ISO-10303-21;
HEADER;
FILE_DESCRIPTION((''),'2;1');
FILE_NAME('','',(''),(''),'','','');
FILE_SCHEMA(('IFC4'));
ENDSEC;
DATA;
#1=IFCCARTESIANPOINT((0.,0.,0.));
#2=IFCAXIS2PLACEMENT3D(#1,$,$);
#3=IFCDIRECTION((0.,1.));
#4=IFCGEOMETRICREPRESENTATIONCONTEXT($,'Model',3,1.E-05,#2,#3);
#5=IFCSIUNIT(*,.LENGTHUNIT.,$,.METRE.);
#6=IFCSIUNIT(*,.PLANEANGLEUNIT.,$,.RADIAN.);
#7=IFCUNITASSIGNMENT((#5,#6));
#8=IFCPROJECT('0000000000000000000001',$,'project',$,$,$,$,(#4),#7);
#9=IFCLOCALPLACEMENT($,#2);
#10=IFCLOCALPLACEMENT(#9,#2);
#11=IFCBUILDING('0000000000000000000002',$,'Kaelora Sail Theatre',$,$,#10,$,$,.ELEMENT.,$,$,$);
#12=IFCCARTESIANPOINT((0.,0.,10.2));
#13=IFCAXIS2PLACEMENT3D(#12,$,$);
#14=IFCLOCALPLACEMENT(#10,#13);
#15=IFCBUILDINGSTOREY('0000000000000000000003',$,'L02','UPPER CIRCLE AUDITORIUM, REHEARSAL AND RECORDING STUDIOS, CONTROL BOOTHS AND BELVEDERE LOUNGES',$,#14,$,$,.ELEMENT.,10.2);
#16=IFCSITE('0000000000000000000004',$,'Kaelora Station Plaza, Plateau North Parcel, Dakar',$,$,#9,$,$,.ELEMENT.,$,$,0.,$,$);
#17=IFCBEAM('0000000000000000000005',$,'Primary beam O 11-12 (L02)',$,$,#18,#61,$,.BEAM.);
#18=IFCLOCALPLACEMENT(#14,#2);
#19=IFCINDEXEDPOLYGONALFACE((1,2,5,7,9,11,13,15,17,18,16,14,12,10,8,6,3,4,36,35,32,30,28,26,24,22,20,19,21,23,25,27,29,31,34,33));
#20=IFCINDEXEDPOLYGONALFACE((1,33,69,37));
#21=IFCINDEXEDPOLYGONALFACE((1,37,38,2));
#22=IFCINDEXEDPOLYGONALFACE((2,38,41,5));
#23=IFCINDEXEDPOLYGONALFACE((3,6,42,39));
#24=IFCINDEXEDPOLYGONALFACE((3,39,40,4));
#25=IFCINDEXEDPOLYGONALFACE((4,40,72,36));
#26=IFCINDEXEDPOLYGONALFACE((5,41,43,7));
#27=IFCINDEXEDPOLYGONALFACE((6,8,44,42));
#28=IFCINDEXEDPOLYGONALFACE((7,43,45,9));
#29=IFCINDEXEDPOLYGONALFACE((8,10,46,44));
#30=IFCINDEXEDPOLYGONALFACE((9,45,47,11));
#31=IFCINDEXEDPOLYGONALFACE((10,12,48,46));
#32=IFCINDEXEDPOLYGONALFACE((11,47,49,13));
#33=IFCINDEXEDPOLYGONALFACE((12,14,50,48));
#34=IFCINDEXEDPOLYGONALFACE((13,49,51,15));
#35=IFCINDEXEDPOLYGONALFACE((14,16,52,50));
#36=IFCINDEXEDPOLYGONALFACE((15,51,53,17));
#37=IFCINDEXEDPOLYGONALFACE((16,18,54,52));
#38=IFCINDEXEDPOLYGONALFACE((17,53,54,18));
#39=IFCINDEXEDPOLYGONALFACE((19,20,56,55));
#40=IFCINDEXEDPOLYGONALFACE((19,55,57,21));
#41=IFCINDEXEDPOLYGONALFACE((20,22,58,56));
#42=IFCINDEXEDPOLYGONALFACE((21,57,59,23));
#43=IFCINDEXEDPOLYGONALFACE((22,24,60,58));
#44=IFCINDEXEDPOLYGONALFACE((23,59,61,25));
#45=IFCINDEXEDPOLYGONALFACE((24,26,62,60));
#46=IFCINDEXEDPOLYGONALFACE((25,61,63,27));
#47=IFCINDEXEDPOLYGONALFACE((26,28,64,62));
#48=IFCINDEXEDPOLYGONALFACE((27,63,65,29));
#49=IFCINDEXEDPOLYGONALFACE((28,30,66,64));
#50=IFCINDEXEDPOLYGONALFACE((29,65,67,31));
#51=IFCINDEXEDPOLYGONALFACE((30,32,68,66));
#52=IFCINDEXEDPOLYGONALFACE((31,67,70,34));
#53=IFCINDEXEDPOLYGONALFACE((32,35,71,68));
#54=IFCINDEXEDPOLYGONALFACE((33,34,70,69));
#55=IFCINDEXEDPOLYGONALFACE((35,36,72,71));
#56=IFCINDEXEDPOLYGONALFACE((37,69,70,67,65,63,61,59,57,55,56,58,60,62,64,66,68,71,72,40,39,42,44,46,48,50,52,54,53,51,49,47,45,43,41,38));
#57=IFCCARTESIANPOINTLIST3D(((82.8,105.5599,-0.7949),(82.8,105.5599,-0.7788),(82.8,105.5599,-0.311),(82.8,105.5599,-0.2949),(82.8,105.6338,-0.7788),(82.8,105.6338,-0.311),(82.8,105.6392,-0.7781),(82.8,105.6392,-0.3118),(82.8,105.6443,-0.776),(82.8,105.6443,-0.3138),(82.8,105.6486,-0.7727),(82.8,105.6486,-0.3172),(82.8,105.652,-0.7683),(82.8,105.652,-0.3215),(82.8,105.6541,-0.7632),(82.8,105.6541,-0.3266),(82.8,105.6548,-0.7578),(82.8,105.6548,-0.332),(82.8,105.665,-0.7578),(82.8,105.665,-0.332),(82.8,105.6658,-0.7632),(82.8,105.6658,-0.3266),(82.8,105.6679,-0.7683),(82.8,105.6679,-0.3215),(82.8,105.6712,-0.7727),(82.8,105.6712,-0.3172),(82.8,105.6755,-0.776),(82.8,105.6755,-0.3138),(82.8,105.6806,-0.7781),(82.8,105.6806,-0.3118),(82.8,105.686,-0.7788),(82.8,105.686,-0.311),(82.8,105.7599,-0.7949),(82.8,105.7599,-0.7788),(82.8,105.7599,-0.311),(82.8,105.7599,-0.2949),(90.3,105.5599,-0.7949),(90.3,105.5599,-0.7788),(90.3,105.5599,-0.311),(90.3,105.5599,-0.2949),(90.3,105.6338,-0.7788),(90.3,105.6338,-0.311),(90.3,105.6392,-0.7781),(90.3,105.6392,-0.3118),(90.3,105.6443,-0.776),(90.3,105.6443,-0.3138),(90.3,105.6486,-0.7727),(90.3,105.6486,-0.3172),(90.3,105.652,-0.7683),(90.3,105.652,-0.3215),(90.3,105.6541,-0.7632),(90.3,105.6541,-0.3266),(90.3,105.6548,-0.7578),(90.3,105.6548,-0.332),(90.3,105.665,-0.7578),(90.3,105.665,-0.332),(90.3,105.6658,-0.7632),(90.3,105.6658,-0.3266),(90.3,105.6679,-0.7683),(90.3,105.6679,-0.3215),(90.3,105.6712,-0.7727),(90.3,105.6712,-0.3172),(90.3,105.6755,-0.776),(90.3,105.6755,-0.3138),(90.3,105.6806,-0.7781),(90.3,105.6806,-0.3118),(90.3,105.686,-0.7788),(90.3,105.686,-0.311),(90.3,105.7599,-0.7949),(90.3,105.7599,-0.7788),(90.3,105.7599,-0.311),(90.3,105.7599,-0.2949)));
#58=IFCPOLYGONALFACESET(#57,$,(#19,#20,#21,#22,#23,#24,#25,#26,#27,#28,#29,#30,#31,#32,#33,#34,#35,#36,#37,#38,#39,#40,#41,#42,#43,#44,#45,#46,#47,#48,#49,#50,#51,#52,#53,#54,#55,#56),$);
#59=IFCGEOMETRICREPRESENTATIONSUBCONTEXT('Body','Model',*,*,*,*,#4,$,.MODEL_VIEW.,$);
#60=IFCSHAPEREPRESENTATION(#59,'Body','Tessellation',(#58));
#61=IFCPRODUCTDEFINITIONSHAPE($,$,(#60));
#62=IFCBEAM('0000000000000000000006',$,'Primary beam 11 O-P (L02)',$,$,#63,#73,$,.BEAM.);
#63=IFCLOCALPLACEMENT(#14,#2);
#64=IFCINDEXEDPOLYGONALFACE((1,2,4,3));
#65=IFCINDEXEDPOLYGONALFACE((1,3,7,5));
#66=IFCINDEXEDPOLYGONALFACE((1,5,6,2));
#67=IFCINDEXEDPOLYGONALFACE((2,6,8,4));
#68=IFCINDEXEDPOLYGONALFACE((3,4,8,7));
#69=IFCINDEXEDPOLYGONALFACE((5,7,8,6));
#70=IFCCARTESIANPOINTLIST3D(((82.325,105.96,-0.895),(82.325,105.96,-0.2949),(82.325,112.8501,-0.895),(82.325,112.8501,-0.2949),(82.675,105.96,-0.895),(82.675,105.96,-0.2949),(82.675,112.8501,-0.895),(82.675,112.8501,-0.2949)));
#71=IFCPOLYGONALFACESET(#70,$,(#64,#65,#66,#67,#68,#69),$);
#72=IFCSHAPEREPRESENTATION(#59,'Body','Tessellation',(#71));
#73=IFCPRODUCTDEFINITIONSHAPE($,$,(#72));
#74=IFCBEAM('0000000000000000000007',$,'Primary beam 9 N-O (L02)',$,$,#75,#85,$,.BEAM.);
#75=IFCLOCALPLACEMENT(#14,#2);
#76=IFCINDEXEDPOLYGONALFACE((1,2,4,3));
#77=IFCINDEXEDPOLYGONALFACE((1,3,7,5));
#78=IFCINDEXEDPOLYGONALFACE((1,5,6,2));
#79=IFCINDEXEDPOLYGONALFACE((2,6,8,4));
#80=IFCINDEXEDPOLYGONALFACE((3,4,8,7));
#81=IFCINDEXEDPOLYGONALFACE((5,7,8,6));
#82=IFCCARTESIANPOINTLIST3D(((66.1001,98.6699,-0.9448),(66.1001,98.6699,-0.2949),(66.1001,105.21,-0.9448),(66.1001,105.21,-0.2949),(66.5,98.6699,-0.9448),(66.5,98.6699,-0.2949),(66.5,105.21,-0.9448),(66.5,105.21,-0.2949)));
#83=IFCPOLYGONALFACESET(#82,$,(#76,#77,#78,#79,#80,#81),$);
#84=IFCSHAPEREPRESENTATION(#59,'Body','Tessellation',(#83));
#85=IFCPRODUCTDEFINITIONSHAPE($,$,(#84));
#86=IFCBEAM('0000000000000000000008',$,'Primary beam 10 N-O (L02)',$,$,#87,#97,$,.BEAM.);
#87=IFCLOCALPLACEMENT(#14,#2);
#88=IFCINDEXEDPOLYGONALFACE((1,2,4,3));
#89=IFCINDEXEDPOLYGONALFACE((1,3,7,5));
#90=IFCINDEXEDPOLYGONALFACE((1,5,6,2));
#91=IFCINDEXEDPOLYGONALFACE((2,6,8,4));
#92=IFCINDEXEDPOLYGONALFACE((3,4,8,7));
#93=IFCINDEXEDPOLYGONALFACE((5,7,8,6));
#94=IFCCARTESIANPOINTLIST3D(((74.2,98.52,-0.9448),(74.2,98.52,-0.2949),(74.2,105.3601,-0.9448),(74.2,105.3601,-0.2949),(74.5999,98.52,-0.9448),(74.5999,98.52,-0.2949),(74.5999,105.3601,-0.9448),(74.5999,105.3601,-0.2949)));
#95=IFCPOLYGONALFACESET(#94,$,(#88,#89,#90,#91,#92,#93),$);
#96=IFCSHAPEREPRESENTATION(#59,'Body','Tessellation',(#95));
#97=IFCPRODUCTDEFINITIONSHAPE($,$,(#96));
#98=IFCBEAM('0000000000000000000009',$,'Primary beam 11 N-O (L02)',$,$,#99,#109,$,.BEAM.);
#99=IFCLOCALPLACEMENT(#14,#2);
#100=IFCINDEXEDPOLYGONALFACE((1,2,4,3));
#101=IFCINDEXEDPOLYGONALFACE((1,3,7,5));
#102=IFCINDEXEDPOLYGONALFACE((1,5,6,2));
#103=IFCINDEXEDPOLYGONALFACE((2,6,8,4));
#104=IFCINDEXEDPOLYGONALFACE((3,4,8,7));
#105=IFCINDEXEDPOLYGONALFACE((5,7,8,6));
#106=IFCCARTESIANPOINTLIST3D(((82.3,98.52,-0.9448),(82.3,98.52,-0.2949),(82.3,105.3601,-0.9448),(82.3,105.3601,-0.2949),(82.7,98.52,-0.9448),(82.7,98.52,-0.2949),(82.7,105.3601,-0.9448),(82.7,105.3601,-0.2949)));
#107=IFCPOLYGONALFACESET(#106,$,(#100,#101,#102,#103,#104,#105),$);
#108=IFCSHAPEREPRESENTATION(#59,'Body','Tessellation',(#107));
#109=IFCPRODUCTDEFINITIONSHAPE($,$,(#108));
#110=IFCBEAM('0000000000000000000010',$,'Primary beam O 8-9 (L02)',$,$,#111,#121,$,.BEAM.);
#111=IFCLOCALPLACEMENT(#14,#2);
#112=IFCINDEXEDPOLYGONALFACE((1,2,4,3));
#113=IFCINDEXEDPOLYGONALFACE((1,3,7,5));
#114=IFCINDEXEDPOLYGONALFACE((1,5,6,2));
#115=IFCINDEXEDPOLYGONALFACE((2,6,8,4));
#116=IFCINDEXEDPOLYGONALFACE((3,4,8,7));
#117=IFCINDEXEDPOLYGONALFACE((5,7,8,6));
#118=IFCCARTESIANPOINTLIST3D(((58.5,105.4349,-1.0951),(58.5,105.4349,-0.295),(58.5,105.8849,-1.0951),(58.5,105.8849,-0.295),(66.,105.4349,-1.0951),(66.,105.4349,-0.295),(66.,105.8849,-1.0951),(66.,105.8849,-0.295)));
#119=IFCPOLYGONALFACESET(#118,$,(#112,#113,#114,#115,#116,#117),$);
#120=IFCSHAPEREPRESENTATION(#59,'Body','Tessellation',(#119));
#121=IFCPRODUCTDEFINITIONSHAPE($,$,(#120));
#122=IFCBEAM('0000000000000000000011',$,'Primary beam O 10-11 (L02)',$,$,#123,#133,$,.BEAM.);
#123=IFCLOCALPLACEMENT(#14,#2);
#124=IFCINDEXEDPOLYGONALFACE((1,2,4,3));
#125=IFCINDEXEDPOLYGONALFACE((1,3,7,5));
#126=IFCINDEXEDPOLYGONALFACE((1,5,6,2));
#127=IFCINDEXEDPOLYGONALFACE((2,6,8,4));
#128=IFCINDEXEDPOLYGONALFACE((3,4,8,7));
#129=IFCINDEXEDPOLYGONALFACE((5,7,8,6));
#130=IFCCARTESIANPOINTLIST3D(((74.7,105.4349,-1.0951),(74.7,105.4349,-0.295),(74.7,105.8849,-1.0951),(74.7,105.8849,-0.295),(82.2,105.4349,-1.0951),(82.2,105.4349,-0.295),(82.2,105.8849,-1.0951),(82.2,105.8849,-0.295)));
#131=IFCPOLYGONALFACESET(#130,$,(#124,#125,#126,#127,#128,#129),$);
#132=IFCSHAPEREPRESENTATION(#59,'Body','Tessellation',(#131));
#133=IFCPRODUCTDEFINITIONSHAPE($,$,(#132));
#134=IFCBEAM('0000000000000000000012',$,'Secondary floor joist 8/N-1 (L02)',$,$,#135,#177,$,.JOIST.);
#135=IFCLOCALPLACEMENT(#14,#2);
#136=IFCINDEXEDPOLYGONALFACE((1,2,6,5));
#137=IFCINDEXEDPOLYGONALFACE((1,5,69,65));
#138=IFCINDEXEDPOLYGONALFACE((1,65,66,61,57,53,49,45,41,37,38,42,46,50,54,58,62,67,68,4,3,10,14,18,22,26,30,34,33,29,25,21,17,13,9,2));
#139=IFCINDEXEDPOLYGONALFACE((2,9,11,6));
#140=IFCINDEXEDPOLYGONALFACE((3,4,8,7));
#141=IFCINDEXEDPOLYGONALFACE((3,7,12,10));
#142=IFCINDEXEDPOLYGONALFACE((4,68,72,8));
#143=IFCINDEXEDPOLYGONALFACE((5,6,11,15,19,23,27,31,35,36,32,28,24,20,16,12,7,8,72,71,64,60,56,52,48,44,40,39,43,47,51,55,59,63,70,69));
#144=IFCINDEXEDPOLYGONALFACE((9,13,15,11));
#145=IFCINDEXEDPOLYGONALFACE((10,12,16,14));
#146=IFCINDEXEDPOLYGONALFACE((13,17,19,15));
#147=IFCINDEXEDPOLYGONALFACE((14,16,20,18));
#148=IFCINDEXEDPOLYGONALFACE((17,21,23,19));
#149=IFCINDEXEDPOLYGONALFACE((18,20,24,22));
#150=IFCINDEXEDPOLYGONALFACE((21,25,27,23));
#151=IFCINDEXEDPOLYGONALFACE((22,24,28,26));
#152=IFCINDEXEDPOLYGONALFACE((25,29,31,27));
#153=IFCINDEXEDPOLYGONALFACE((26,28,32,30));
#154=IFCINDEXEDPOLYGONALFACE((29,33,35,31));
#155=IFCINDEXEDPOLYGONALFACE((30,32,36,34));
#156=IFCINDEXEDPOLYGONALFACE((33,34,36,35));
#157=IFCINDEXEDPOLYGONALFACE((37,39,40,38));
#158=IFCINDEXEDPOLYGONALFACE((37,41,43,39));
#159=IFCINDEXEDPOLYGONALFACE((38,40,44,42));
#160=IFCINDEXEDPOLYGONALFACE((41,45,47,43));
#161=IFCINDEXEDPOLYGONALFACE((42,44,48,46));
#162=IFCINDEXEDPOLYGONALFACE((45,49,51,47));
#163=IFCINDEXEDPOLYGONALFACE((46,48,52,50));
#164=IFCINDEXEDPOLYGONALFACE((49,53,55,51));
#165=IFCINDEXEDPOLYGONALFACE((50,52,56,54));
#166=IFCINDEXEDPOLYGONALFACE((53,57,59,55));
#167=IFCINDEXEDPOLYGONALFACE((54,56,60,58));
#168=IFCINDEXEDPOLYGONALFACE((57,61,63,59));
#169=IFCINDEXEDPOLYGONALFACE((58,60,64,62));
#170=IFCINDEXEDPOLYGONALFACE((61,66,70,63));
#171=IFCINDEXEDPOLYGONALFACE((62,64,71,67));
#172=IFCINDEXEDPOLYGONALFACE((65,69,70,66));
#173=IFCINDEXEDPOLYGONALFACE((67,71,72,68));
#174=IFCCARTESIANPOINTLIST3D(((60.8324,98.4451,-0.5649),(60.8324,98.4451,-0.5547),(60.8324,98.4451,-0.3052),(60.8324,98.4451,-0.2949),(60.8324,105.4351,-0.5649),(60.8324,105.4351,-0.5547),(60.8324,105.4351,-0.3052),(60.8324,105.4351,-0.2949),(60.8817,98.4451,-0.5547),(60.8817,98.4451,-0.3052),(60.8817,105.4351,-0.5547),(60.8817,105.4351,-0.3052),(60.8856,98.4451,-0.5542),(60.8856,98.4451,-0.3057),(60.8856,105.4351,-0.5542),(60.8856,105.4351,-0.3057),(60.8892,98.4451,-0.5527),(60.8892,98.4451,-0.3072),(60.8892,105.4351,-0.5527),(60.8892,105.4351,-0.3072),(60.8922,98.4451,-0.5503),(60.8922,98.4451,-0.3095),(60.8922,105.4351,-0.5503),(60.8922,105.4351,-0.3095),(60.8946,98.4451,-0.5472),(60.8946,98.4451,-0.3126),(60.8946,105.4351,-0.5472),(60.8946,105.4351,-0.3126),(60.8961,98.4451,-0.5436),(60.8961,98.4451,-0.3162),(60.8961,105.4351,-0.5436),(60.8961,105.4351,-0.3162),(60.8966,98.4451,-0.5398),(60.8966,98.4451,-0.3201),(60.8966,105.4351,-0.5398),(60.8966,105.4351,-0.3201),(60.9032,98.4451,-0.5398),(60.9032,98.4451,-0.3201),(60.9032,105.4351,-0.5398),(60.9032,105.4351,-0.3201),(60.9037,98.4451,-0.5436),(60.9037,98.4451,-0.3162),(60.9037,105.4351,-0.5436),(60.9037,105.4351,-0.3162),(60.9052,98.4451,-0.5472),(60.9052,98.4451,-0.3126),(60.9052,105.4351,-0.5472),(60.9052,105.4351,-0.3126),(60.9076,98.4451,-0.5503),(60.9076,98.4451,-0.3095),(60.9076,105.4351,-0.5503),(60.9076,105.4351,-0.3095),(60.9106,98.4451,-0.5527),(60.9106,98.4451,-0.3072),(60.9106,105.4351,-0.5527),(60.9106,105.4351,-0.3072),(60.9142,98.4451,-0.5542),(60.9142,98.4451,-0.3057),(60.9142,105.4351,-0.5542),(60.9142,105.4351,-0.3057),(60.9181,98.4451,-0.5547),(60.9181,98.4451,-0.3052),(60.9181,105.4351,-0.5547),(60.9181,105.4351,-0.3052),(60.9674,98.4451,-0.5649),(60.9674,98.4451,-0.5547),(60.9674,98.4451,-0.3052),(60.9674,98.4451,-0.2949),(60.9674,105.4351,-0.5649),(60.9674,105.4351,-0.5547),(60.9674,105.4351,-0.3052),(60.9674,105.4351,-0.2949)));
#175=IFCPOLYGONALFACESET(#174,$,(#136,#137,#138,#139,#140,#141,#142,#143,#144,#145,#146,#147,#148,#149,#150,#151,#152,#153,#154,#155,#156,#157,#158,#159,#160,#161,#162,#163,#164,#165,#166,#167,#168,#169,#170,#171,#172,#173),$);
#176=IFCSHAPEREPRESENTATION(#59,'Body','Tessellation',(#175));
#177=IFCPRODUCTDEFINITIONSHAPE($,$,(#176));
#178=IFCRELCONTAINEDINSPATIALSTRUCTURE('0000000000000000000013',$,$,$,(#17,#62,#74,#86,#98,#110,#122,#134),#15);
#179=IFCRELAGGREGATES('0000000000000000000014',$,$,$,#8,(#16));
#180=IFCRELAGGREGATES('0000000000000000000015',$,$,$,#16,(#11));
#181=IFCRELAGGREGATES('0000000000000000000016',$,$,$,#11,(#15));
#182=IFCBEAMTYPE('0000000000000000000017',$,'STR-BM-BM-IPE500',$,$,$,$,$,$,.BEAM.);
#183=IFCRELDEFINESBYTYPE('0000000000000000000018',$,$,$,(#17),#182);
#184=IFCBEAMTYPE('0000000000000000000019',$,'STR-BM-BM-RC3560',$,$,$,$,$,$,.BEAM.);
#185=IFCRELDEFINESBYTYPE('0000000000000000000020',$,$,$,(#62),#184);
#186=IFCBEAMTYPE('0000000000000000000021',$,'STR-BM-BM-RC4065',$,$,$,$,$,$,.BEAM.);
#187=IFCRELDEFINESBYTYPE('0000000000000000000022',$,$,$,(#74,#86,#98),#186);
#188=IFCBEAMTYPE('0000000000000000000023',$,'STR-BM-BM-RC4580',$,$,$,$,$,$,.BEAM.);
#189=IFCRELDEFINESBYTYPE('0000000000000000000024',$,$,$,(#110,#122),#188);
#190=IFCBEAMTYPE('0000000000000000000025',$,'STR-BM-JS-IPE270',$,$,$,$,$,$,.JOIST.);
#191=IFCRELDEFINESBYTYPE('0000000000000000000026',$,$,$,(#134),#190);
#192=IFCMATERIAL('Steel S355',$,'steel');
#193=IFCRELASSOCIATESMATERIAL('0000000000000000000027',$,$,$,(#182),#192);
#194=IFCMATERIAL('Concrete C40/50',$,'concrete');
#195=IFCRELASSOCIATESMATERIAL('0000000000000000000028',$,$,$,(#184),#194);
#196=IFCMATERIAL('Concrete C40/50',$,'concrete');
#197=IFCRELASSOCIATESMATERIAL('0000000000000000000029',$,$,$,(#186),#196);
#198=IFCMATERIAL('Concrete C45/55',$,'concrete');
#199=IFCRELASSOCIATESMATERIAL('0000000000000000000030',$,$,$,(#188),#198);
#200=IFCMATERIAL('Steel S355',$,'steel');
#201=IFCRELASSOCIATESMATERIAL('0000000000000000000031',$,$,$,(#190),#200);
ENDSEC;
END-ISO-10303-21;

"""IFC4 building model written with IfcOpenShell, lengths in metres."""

from ifc_helpers import new_model, si_unit, direction, frame, origin, origin_2d, place, context, subcontext, project, spatial, rectangle, i_section, extrude, material, material_profile, profile_set, type_object, element, save


model = new_model("IFC4")

# Units and contexts
model_context = context("Model", 3, precision=1e-05, world=origin(), true_north=direction((0.0, 1.0)))
body_context = subcontext(model_context, "Body", "Model", "MODEL_VIEW")
ifc_project = project(units=[si_unit("LENGTHUNIT", "METRE"), si_unit("PLANEANGLEUNIT", "RADIAN")], contexts=[model_context])

# Site, building, storey
site_placement = place(None, origin())
site = spatial("IfcSite", under=ifc_project, at=site_placement, Name="Kaelora Station Plaza, Plateau North Parcel, Dakar", CompositionType="ELEMENT", RefElevation=0.0)
building_placement = place(site_placement, origin())
building = spatial("IfcBuilding", under=site, at=building_placement, Name="Kaelora Sail Theatre", CompositionType="ELEMENT")
storey_placement = place(building_placement, frame((0.0, 0.0, 10.2)))
storey = spatial("IfcBuildingStorey", under=building, at=storey_placement, Name="L02", Description="UPPER CIRCLE AUDITORIUM, REHEARSAL AND RECORDING STUDIOS, CONTROL BOOTHS AND BELVEDERE LOUNGES", CompositionType="ELEMENT", Elevation=10.2)

# Beams
ifc_material_1 = material(Name="Steel S355", Category="steel")
ifc_material_profile_1 = material_profile(ifc_material_1, i_section(OverallWidth=0.2, OverallDepth=0.5, WebThickness=0.0103, FlangeThickness=0.0161, FilletRadius=0.021, at=origin_2d()), Name="IPE 500")
ifc_profile_set_1 = profile_set([ifc_material_profile_1], Name="Steel S355")
beam_type_1 = type_object("IfcBeamType", Name="STR-BM-BM-IPE500", PredefinedType="BEAM", material=ifc_profile_set_1)
for number, where, z_axis, x_axis, name in (
    (1, (82.8, 105.6599, -0.5449), (1.0, 0.0, 0.0), (0.0, 1.0, 0.0), "Primary beam O 11-12 (L02)"),
):
    element("IfcBeam", number, at=place(storey_placement, frame(where, z_axis=z_axis, x_axis=x_axis)), inside=storey, type_object=beam_type_1, Name=name, PredefinedType="BEAM", context=body_context, shape_type="SweptSolid", body=[
        extrude(i_section(OverallWidth=0.2, OverallDepth=0.5, WebThickness=0.0103, FlangeThickness=0.0161, FilletRadius=0.021, at=origin_2d()), origin(), (0.0, 0.0, 1.0), 7.5),
    ])
ifc_material_2 = material(Name="Concrete C40/50", Category="concrete")
ifc_material_profile_2 = material_profile(ifc_material_2, rectangle(XDim=0.3501, YDim=0.6001, at=origin_2d()), Name="RC-BM 350x600")
ifc_profile_set_2 = profile_set([ifc_material_profile_2], Name="Concrete C40/50")
beam_type_2 = type_object("IfcBeamType", Name="STR-BM-BM-RC3560", PredefinedType="BEAM", material=ifc_profile_set_2)
beam_1_placement = place(storey_placement, frame((82.5, 105.96, -0.595), z_axis=(0.0, 1.0, 0.0), x_axis=(-1.0, 0.0, 0.0)))
element("IfcBeam", 2, at=beam_1_placement, inside=storey, type_object=beam_type_2, Name="Primary beam 11 O-P (L02)", PredefinedType="BEAM", context=body_context, shape_type="SweptSolid", body=[
    extrude(rectangle(XDim=0.3501, YDim=0.6001, at=origin_2d()), origin(), (0.0, 0.0, 1.0), 6.8901),
])
ifc_material_3 = material(Name="Concrete C40/50", Category="concrete")
ifc_material_profile_3 = material_profile(ifc_material_3, rectangle(XDim=0.3999, YDim=0.6499, at=origin_2d()), Name="RC-BM 400x650")
ifc_profile_set_3 = profile_set([ifc_material_profile_3], Name="Concrete C40/50")
beam_type_3 = type_object("IfcBeamType", Name="STR-BM-BM-RC4065", PredefinedType="BEAM", material=ifc_profile_set_3)
beam_2_placement = place(storey_placement, frame((66.3, 98.6699, -0.6199), z_axis=(0.0, 1.0, 0.0), x_axis=(-1.0, 0.0, 0.0)))
element("IfcBeam", 3, at=beam_2_placement, inside=storey, type_object=beam_type_3, Name="Primary beam 9 N-O (L02)", PredefinedType="BEAM", context=body_context, shape_type="SweptSolid", body=[
    extrude(rectangle(XDim=0.3999, YDim=0.6499, at=origin_2d()), origin(), (0.0, 0.0, 1.0), 6.54),
])
for number, where, z_axis, x_axis, name in (
    (4, (74.3999, 98.52, -0.6199), (0.0, 1.0, 0.0), (-1.0, 0.0, 0.0), "Primary beam 10 N-O (L02)"),
    (5, (82.5, 98.52, -0.6199), (0.0, 1.0, 0.0), (-1.0, 0.0, 0.0), "Primary beam 11 N-O (L02)"),
):
    element("IfcBeam", number, at=place(storey_placement, frame(where, z_axis=z_axis, x_axis=x_axis)), inside=storey, type_object=beam_type_3, Name=name, PredefinedType="BEAM", context=body_context, shape_type="SweptSolid", body=[
        extrude(rectangle(XDim=0.3999, YDim=0.6499, at=origin_2d()), origin(), (0.0, 0.0, 1.0), 6.8401),
    ])
ifc_material_4 = material(Name="Concrete C45/55", Category="concrete")
ifc_material_profile_4 = material_profile(ifc_material_4, rectangle(XDim=0.45, YDim=0.8, at=origin_2d()), Name="RC-BM 450x800")
ifc_profile_set_4 = profile_set([ifc_material_profile_4], Name="Concrete C45/55")
beam_type_4 = type_object("IfcBeamType", Name="STR-BM-BM-RC4580", PredefinedType="BEAM", material=ifc_profile_set_4)
for number, where, z_axis, x_axis, name in (
    (6, (58.5, 105.6599, -0.6951), (1.0, 0.0, 0.0), (0.0, 1.0, 0.0), "Primary beam O 8-9 (L02)"),
    (7, (74.7, 105.6599, -0.6951), (1.0, 0.0, 0.0), (0.0, 1.0, 0.0), "Primary beam O 10-11 (L02)"),
):
    element("IfcBeam", number, at=place(storey_placement, frame(where, z_axis=z_axis, x_axis=x_axis)), inside=storey, type_object=beam_type_4, Name=name, PredefinedType="BEAM", context=body_context, shape_type="SweptSolid", body=[
        extrude(rectangle(XDim=0.45, YDim=0.8, at=origin_2d()), origin(), (0.0, 0.0, 1.0), 7.5),
    ])
ifc_material_5 = material(Name="Steel S355", Category="steel")
ifc_material_profile_5 = material_profile(ifc_material_5, i_section(OverallWidth=0.135, OverallDepth=0.27, WebThickness=0.0066, FlangeThickness=0.0103, FilletRadius=0.0149, at=origin_2d()), Name="IPE 270")
ifc_profile_set_5 = profile_set([ifc_material_profile_5], Name="Steel S355")
beam_type_5 = type_object("IfcBeamType", Name="STR-BM-JS-IPE270", PredefinedType="JOIST", material=ifc_profile_set_5)
beam_3_placement = place(storey_placement, frame((60.8999, 98.4451, -0.4299), z_axis=(0.0, 1.0, 0.0), x_axis=(-1.0, 0.0, 0.0)))
element("IfcBeam", 8, at=beam_3_placement, inside=storey, type_object=beam_type_5, Name="Secondary floor joist 8/N-1 (L02)", PredefinedType="JOIST", context=body_context, shape_type="SweptSolid", body=[
    extrude(i_section(OverallWidth=0.135, OverallDepth=0.27, WebThickness=0.0066, FlangeThickness=0.0103, FilletRadius=0.0149, at=origin_2d()), origin(), (0.0, 0.0, 1.0), 6.99),
])

save(model, "model.ifc")
